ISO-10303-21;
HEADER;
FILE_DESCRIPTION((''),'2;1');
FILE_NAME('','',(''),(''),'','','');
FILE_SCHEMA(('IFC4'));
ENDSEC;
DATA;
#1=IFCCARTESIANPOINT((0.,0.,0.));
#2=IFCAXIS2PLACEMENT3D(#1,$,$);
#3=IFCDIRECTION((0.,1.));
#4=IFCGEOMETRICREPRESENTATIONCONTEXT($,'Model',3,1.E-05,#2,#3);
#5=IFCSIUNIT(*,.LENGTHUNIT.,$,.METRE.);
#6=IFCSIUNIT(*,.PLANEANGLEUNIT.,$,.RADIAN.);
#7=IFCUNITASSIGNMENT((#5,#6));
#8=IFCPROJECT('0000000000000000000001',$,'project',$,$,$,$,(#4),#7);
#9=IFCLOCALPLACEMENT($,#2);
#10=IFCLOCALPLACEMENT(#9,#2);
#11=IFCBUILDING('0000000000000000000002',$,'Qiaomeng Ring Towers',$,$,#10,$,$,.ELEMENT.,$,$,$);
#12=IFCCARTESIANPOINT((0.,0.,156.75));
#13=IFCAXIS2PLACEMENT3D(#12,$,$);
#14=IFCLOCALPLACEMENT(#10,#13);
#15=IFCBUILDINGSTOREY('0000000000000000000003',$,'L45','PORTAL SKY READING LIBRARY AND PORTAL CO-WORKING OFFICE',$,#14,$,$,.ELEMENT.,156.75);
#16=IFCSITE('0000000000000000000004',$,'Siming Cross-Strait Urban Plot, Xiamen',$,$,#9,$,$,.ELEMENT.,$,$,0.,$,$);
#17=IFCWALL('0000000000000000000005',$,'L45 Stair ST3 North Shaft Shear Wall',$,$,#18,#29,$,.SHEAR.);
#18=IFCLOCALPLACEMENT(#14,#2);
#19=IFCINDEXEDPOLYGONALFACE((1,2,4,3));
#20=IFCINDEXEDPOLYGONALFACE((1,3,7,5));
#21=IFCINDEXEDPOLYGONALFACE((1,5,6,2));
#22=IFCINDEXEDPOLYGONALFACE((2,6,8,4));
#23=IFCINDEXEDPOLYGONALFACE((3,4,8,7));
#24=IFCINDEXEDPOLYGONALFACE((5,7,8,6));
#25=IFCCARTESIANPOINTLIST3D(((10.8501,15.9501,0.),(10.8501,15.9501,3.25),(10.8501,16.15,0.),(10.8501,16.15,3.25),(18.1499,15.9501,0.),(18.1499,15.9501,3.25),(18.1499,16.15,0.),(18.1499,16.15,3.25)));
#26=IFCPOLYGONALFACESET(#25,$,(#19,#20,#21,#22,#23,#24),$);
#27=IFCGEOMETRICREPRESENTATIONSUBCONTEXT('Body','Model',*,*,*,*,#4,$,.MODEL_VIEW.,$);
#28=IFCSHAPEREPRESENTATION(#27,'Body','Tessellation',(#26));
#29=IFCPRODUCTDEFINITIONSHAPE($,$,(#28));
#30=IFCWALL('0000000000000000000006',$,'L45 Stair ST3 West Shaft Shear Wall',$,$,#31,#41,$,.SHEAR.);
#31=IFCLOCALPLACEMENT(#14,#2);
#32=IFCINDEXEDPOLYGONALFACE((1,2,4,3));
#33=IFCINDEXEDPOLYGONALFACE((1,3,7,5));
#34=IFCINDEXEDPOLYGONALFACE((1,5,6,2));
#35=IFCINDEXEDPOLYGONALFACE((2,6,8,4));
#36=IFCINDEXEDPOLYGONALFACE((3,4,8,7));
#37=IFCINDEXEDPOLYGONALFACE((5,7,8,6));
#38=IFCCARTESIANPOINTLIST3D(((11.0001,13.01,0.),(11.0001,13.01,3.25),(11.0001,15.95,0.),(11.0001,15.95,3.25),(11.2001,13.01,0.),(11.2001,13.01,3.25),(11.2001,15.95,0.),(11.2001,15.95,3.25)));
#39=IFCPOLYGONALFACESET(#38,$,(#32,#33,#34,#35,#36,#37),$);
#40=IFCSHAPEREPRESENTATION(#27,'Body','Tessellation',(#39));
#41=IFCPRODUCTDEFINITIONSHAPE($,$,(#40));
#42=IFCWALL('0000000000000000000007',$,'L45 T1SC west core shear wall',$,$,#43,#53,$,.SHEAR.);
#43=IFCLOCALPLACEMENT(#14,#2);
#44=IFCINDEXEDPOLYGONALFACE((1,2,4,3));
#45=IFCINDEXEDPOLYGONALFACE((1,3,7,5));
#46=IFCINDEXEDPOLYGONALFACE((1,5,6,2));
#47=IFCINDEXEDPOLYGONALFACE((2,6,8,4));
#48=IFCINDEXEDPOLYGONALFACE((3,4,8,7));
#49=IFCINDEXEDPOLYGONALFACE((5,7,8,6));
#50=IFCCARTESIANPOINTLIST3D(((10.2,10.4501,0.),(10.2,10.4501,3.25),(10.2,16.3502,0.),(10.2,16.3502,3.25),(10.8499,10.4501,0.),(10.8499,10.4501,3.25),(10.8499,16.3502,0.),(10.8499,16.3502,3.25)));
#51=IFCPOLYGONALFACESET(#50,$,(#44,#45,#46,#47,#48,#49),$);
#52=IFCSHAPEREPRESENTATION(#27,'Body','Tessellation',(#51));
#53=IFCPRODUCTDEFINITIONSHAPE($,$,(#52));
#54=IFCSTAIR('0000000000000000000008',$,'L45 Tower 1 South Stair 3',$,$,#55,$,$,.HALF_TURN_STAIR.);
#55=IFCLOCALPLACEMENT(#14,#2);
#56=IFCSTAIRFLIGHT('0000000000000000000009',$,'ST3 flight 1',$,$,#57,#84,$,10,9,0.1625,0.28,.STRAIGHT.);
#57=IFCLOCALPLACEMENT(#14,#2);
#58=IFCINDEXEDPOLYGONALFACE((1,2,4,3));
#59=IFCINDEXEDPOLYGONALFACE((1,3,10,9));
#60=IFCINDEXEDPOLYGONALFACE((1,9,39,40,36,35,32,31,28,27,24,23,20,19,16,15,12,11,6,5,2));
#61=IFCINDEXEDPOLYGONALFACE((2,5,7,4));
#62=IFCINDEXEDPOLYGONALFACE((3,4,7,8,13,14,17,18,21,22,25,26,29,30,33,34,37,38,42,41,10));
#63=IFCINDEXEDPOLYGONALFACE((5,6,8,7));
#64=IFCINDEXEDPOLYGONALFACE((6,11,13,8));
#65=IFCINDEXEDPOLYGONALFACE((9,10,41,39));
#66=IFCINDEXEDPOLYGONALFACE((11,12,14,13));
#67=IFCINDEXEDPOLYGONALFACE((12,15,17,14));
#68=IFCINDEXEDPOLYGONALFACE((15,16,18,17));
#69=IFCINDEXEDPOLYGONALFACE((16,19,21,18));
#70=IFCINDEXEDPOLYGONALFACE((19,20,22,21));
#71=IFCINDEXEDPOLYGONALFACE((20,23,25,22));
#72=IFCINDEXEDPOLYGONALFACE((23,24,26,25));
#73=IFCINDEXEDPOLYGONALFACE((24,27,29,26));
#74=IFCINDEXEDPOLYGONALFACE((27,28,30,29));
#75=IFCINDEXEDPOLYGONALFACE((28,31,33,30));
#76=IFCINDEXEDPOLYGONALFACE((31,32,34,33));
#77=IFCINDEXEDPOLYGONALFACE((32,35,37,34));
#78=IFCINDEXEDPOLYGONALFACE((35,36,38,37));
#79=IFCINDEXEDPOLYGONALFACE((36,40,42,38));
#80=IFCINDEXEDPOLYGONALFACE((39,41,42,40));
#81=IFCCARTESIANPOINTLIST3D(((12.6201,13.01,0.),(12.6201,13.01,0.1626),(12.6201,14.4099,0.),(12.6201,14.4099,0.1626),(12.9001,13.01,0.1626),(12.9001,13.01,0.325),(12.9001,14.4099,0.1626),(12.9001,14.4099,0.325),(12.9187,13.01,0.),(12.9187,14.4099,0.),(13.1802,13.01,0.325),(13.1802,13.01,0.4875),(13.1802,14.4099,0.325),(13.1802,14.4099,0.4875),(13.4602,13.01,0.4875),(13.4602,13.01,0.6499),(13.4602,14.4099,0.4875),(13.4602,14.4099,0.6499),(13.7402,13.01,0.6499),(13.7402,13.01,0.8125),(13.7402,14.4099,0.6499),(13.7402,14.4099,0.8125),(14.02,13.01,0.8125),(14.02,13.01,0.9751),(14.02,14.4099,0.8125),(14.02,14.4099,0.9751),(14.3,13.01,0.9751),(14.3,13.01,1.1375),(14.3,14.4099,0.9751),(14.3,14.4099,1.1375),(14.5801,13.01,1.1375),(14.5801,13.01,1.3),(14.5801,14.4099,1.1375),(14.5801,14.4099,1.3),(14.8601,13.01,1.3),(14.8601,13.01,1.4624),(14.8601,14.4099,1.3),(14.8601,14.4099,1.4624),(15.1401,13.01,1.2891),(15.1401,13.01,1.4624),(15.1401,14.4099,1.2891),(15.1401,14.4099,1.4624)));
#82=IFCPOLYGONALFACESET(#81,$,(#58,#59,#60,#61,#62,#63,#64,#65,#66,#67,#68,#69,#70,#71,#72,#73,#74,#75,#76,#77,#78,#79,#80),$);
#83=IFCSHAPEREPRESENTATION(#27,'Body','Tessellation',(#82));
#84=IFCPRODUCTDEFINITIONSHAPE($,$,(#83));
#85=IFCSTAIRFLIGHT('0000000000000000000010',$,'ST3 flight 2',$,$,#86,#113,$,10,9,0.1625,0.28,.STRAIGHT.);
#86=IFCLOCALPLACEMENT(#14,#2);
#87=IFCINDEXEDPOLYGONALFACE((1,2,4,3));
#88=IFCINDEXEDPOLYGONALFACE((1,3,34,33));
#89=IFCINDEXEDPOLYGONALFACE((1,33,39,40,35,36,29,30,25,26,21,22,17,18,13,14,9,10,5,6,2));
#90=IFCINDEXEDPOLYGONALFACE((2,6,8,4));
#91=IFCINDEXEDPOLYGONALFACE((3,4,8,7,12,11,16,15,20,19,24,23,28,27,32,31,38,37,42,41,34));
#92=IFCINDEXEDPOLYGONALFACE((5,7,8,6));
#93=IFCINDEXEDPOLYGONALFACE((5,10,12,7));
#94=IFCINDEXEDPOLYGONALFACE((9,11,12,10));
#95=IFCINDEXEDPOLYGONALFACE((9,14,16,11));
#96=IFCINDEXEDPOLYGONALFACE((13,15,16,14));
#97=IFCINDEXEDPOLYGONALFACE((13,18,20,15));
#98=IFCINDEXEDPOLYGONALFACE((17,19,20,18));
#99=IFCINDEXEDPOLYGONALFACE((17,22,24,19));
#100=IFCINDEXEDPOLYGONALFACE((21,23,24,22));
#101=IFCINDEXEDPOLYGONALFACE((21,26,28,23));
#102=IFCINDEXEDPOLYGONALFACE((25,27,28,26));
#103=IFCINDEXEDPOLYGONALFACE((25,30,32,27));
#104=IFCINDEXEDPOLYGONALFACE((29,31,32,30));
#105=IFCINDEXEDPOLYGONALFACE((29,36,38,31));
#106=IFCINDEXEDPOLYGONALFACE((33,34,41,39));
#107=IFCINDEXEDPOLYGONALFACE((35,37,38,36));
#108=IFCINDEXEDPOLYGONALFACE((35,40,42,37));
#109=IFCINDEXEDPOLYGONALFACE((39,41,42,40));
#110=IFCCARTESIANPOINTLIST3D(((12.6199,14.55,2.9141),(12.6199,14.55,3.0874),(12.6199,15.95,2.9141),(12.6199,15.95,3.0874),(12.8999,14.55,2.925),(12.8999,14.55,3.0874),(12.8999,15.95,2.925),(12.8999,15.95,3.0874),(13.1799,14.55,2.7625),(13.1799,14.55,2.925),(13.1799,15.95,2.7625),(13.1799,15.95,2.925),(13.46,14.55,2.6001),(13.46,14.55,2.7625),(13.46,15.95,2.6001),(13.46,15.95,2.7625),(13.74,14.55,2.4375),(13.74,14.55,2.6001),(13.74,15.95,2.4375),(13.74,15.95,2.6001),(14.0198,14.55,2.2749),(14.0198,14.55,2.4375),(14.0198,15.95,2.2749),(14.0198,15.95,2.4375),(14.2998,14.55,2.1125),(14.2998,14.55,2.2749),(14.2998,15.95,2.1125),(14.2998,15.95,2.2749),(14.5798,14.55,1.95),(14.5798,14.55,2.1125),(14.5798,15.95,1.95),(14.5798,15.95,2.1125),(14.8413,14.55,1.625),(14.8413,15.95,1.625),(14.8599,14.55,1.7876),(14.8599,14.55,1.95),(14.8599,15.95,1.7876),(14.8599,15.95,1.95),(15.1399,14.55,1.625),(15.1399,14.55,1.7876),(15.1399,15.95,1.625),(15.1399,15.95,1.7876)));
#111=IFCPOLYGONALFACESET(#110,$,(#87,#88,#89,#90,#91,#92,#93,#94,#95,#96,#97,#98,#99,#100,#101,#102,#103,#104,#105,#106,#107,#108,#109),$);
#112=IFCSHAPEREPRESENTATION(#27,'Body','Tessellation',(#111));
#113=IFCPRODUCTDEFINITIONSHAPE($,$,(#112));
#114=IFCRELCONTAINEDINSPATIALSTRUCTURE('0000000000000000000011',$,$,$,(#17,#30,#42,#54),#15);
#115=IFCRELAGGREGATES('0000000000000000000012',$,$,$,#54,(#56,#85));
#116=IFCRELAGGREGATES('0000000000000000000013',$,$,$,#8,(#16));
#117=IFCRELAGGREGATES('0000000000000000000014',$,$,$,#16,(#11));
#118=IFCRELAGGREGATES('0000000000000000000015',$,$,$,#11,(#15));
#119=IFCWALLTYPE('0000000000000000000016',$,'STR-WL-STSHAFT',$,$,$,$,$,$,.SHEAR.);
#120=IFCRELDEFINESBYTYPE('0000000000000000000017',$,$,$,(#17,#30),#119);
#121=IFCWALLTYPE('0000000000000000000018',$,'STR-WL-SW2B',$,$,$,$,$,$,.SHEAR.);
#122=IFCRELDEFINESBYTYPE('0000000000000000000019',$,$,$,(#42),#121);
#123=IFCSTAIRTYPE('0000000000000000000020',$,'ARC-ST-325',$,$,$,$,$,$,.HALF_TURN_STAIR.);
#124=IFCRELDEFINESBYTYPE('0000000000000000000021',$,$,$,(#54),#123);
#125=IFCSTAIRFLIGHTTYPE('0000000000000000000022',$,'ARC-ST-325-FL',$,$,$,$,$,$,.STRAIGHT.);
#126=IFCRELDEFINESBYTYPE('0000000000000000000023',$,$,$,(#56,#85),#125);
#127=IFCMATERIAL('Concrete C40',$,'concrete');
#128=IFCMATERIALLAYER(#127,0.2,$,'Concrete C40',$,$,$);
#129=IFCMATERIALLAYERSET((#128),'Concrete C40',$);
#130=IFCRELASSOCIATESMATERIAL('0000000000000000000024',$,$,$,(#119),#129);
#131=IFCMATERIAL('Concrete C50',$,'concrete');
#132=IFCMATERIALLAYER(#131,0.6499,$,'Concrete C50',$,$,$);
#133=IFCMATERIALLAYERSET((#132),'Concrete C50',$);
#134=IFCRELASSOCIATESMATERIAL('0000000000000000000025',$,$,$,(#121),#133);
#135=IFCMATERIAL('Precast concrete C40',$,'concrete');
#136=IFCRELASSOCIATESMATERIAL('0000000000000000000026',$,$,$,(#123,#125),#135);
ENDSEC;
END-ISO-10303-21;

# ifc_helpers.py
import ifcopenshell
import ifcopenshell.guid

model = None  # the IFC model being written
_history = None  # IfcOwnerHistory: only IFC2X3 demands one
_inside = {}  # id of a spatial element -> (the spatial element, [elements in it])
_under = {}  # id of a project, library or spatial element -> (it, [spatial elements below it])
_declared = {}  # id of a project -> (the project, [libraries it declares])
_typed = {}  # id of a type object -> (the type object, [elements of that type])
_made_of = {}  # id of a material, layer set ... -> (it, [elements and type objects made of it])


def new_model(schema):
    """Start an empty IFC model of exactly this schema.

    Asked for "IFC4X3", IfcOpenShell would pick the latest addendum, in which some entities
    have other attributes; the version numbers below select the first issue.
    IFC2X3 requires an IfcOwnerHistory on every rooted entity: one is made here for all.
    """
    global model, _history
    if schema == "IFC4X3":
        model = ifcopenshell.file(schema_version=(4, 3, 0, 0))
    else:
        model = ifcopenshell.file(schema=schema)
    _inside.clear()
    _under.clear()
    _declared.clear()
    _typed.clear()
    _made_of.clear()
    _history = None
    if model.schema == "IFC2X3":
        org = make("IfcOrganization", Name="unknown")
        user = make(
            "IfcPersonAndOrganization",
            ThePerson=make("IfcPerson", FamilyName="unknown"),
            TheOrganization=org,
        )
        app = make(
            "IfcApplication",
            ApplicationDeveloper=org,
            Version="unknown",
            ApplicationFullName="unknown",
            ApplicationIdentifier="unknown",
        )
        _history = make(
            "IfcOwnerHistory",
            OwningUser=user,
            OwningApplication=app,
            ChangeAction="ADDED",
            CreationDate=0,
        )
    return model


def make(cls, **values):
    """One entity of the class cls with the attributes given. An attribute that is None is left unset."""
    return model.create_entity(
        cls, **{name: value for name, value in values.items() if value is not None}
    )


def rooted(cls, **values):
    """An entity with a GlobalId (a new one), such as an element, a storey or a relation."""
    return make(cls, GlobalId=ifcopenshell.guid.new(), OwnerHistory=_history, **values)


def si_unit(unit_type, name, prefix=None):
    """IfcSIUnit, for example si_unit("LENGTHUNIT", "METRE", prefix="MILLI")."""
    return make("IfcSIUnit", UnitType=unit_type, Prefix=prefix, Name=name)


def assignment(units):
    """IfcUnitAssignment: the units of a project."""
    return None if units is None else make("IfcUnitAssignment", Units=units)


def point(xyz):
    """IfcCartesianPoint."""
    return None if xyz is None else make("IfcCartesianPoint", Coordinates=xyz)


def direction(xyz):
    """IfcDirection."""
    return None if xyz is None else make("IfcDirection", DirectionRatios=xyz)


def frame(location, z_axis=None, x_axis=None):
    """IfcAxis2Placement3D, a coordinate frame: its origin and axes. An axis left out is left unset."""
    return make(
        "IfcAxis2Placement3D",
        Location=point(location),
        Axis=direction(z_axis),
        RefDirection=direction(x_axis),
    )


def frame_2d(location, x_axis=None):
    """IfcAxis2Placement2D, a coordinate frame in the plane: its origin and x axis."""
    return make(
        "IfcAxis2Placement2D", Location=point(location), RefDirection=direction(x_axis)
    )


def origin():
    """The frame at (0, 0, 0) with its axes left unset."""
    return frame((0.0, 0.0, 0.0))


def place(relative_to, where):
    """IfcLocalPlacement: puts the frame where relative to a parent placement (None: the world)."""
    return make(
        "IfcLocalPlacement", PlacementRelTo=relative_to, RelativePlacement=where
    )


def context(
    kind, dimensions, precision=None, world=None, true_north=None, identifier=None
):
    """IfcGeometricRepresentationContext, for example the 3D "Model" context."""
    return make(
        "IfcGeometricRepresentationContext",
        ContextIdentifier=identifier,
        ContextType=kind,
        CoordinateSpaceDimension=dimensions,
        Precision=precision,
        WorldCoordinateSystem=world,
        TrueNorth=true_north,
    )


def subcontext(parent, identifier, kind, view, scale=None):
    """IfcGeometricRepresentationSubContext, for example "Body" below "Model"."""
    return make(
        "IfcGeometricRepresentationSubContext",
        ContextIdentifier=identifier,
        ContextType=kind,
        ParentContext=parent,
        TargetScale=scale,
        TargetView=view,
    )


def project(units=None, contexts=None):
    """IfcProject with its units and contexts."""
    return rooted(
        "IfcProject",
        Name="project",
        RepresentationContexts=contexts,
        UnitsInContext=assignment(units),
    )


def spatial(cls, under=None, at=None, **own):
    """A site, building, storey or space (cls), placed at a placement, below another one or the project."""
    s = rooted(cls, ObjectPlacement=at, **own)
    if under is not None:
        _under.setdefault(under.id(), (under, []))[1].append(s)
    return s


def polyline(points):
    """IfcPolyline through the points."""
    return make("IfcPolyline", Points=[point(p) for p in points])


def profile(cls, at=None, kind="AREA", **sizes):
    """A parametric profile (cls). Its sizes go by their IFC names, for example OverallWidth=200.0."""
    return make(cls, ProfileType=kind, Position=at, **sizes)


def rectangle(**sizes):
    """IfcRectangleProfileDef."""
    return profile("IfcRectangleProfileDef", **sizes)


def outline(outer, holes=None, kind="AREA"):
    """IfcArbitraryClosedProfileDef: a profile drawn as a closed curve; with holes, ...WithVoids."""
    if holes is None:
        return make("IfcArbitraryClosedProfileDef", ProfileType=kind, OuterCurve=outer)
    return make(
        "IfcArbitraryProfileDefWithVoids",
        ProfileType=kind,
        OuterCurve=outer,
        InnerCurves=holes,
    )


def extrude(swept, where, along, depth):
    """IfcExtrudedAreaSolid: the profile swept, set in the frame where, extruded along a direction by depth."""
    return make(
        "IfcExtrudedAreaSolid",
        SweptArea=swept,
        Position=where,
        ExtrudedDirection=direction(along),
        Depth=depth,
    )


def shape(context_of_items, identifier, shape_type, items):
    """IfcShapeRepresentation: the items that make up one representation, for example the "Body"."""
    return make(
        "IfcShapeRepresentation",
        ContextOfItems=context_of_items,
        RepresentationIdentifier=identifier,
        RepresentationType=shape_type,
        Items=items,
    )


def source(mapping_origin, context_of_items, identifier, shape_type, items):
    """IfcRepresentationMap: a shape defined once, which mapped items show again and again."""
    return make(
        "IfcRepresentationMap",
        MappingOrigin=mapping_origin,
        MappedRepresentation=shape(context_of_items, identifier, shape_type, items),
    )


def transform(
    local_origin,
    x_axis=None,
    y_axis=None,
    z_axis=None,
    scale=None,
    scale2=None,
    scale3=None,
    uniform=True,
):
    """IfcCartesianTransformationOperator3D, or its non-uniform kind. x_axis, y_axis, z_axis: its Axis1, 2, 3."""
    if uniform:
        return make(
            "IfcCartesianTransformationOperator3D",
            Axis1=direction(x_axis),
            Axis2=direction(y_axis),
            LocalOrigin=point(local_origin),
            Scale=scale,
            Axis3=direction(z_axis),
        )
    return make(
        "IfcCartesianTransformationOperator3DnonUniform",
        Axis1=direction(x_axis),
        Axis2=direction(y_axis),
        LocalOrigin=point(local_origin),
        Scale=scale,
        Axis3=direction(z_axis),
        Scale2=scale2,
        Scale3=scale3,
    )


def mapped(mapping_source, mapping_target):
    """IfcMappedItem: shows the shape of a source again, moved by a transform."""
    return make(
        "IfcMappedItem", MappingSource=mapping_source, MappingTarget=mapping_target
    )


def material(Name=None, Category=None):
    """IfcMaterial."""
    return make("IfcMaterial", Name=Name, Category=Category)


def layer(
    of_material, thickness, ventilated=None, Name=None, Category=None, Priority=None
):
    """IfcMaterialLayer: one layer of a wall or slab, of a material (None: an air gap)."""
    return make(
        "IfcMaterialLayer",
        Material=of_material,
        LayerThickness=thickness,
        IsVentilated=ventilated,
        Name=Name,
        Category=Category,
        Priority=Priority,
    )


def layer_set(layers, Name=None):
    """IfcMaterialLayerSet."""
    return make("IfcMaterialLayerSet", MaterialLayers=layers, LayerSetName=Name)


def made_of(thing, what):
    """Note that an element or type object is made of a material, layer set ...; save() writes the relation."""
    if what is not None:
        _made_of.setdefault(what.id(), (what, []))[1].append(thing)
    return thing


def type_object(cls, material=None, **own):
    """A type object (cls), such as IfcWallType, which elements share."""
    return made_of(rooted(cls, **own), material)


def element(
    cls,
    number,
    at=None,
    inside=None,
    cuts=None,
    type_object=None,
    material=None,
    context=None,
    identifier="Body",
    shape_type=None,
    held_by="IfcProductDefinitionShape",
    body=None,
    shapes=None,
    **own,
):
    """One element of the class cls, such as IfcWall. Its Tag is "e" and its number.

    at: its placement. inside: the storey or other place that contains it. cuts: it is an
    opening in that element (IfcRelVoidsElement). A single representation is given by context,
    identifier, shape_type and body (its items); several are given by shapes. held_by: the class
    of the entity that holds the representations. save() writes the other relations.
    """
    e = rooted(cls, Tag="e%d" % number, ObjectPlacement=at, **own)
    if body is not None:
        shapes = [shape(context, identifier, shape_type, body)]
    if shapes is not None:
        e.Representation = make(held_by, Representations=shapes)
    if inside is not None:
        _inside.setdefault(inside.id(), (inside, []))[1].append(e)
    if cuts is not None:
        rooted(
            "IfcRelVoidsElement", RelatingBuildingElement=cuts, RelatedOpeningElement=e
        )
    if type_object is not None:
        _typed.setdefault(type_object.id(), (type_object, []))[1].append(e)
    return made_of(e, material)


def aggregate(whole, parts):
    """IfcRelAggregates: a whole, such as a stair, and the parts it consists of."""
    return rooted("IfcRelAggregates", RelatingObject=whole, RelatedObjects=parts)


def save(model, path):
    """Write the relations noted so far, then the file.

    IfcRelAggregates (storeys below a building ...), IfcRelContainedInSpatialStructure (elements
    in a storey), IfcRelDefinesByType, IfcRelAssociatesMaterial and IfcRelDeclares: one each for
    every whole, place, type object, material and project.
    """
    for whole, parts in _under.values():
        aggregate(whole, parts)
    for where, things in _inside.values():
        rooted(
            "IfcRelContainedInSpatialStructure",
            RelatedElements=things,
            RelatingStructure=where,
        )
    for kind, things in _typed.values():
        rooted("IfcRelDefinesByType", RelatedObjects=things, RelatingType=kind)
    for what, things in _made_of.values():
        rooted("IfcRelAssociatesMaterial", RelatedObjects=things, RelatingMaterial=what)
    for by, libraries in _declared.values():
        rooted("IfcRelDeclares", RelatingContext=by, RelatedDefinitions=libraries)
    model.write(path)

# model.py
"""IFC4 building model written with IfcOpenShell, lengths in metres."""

from ifc_helpers import new_model, si_unit, direction, frame, frame_2d, origin, place, context, subcontext, project, spatial, polyline, rectangle, outline, extrude, source, transform, mapped, material, layer, layer_set, type_object, element, aggregate, save


model = new_model("IFC4")

# Units and contexts
model_context = context("Model", 3, precision=1e-05, world=origin(), true_north=direction((0.0, 1.0)))
body_context = subcontext(model_context, "Body", "Model", "MODEL_VIEW")
ifc_project = project(units=[si_unit("LENGTHUNIT", "METRE"), si_unit("PLANEANGLEUNIT", "RADIAN")], contexts=[model_context])

# Site, building, storey
site_placement = place(None, origin())
site = spatial("IfcSite", under=ifc_project, at=site_placement, Name="Siming Cross-Strait Urban Plot, Xiamen", CompositionType="ELEMENT", RefElevation=0.0)
building_placement = place(site_placement, origin())
building = spatial("IfcBuilding", under=site, at=building_placement, Name="Qiaomeng Ring Towers", CompositionType="ELEMENT")
storey_placement = place(building_placement, frame((0.0, 0.0, 156.75)))
storey = spatial("IfcBuildingStorey", under=building, at=storey_placement, Name="L45", Description="PORTAL SKY READING LIBRARY AND PORTAL CO-WORKING OFFICE", CompositionType="ELEMENT", Elevation=156.75)

# Shared definitions
ifc_material_1 = material(Name="Concrete C50", Category="concrete")

# Shared definitions
ifc_material_2 = material(Name="Precast concrete C40", Category="concrete")

# Shared definitions
ifc_material_3 = material(Name="Concrete C40", Category="concrete")
ifc_layer_1 = layer(ifc_material_3, 0.2, Name="Concrete C40")
ifc_layer_set_1 = layer_set([ifc_layer_1], Name="Concrete C40")
wall_type_1 = type_object("IfcWallType", Name="STR-WL-STSHAFT", PredefinedType="SHEAR", material=ifc_layer_set_1)

# Walls
wall_1_placement = place(storey_placement, frame((10.8501, 16.05, 0.0), z_axis=(0.0, 0.0, 1.0), x_axis=(1.0, 0.0, 0.0)))
element("IfcWall", 1, at=wall_1_placement, inside=storey, type_object=wall_type_1, Name="L45 Stair ST3 North Shaft Shear Wall", PredefinedType="SHEAR", context=body_context, shape_type="SweptSolid", body=[
    extrude(rectangle(XDim=7.2998, YDim=0.2, at=frame_2d((3.6499, 0.0))), origin(), (0.0, 0.0, 1.0), 3.25),
])
wall_2_placement = place(storey_placement, frame((11.1001, 13.01, 0.0), z_axis=(0.0, 0.0, 1.0), x_axis=(0.0, 1.0, 0.0)))
element("IfcWall", 2, at=wall_2_placement, inside=storey, type_object=wall_type_1, Name="L45 Stair ST3 West Shaft Shear Wall", PredefinedType="SHEAR", context=body_context, shape_type="SweptSolid", body=[
    extrude(rectangle(XDim=2.9399, YDim=0.2, at=frame_2d((1.47, 0.0))), origin(), (0.0, 0.0, 1.0), 3.25),
])
ifc_layer_2 = layer(ifc_material_1, 0.6499, Name="Concrete C50")
ifc_layer_set_2 = layer_set([ifc_layer_2], Name="Concrete C50")
wall_type_2 = type_object("IfcWallType", Name="STR-WL-SW2B", PredefinedType="SHEAR", material=ifc_layer_set_2)
wall_3_placement = place(storey_placement, frame((10.5249, 10.45, 0.0), z_axis=(0.0, 0.0, 1.0), x_axis=(0.0, 1.0, 0.0)))
element("IfcWall", 3, at=wall_3_placement, inside=storey, type_object=wall_type_2, Name="L45 T1SC west core shear wall", PredefinedType="SHEAR", context=body_context, shape_type="SweptSolid", body=[
    extrude(rectangle(XDim=5.9001, YDim=0.6499, at=frame_2d((2.9502, 0.0))), origin(), (0.0, 0.0, 1.0), 3.25),
])

# Stair, stair flights
stair_type = type_object("IfcStairType", Name="ARC-ST-325", PredefinedType="HALF_TURN_STAIR", material=ifc_material_2)
stair_placement = place(storey_placement, origin())
stair = element("IfcStair", 4, at=stair_placement, inside=storey, type_object=stair_type, Name="L45 Tower 1 South Stair 3", PredefinedType="HALF_TURN_STAIR")
stair_flight_type = type_object("IfcStairFlightType", Name="ARC-ST-325-FL", PredefinedType="STRAIGHT", material=ifc_material_2)
shared_shape_1 = source(origin(), body_context, "Body", "SweptSolid", [
    extrude(outline(polyline([(0.0, 0.0), (0.0, 0.1626), (0.28, 0.1626), (0.28, 0.325), (0.5601, 0.325), (0.5601, 0.4875), (0.8401, 0.4875), (0.8401, 0.6499), (1.1201, 0.6499), (1.1201, 0.8125), (1.3999, 0.8125), (1.3999, 0.9751), (1.6799, 0.9751), (1.6799, 1.1375), (1.96, 1.1375), (1.96, 1.3), (2.24, 1.3), (2.24, 1.4624), (2.52, 1.4624), (2.52, 1.625), (2.52, 1.2891), (0.2986, 0.0), (0.0, 0.0)])), frame((0.0, 0.7, 0.0), z_axis=(0.0, -1.0, 0.0), x_axis=(1.0, 0.0, 0.0)), (0.0, 0.0, 1.0), 1.3999),
])
stair_flight_1_placement = place(storey_placement, frame((12.6201, 13.71, 0.0), z_axis=(0.0, 0.0, 1.0), x_axis=(1.0, 0.0, 0.0)))
stair_flight_1 = element("IfcStairFlight", 5, at=stair_flight_1_placement, type_object=stair_flight_type, Name="ST3 flight 1", NumberOfRisers=10, NumberOfTreads=9, PredefinedType="STRAIGHT", RiserHeight=0.1625, TreadLength=0.28, context=body_context, shape_type="MappedRepresentation", body=[
    mapped(shared_shape_1, transform((0.0, 0.0, 0.0), x_axis=(1.0, 0.0, 0.0), y_axis=(0.0, 1.0, 0.0), z_axis=(0.0, 0.0, 1.0), scale=1.0)),
])
stair_flight_2_placement = place(storey_placement, frame((15.1399, 15.25, 1.625), z_axis=(0.0, 0.0, 1.0), x_axis=(-1.0, 0.0, 0.0)))
stair_flight_2 = element("IfcStairFlight", 6, at=stair_flight_2_placement, type_object=stair_flight_type, Name="ST3 flight 2", NumberOfRisers=10, NumberOfTreads=9, PredefinedType="STRAIGHT", RiserHeight=0.1625, TreadLength=0.28, context=body_context, shape_type="MappedRepresentation", body=[
    mapped(shared_shape_1, transform((0.0, 0.0, 0.0), x_axis=(1.0, 0.0, 0.0), y_axis=(0.0, 1.0, 0.0), z_axis=(0.0, 0.0, 1.0), scale=1.0)),
])
aggregate(stair, [stair_flight_1, stair_flight_2])

save(model, "model.ifc")
